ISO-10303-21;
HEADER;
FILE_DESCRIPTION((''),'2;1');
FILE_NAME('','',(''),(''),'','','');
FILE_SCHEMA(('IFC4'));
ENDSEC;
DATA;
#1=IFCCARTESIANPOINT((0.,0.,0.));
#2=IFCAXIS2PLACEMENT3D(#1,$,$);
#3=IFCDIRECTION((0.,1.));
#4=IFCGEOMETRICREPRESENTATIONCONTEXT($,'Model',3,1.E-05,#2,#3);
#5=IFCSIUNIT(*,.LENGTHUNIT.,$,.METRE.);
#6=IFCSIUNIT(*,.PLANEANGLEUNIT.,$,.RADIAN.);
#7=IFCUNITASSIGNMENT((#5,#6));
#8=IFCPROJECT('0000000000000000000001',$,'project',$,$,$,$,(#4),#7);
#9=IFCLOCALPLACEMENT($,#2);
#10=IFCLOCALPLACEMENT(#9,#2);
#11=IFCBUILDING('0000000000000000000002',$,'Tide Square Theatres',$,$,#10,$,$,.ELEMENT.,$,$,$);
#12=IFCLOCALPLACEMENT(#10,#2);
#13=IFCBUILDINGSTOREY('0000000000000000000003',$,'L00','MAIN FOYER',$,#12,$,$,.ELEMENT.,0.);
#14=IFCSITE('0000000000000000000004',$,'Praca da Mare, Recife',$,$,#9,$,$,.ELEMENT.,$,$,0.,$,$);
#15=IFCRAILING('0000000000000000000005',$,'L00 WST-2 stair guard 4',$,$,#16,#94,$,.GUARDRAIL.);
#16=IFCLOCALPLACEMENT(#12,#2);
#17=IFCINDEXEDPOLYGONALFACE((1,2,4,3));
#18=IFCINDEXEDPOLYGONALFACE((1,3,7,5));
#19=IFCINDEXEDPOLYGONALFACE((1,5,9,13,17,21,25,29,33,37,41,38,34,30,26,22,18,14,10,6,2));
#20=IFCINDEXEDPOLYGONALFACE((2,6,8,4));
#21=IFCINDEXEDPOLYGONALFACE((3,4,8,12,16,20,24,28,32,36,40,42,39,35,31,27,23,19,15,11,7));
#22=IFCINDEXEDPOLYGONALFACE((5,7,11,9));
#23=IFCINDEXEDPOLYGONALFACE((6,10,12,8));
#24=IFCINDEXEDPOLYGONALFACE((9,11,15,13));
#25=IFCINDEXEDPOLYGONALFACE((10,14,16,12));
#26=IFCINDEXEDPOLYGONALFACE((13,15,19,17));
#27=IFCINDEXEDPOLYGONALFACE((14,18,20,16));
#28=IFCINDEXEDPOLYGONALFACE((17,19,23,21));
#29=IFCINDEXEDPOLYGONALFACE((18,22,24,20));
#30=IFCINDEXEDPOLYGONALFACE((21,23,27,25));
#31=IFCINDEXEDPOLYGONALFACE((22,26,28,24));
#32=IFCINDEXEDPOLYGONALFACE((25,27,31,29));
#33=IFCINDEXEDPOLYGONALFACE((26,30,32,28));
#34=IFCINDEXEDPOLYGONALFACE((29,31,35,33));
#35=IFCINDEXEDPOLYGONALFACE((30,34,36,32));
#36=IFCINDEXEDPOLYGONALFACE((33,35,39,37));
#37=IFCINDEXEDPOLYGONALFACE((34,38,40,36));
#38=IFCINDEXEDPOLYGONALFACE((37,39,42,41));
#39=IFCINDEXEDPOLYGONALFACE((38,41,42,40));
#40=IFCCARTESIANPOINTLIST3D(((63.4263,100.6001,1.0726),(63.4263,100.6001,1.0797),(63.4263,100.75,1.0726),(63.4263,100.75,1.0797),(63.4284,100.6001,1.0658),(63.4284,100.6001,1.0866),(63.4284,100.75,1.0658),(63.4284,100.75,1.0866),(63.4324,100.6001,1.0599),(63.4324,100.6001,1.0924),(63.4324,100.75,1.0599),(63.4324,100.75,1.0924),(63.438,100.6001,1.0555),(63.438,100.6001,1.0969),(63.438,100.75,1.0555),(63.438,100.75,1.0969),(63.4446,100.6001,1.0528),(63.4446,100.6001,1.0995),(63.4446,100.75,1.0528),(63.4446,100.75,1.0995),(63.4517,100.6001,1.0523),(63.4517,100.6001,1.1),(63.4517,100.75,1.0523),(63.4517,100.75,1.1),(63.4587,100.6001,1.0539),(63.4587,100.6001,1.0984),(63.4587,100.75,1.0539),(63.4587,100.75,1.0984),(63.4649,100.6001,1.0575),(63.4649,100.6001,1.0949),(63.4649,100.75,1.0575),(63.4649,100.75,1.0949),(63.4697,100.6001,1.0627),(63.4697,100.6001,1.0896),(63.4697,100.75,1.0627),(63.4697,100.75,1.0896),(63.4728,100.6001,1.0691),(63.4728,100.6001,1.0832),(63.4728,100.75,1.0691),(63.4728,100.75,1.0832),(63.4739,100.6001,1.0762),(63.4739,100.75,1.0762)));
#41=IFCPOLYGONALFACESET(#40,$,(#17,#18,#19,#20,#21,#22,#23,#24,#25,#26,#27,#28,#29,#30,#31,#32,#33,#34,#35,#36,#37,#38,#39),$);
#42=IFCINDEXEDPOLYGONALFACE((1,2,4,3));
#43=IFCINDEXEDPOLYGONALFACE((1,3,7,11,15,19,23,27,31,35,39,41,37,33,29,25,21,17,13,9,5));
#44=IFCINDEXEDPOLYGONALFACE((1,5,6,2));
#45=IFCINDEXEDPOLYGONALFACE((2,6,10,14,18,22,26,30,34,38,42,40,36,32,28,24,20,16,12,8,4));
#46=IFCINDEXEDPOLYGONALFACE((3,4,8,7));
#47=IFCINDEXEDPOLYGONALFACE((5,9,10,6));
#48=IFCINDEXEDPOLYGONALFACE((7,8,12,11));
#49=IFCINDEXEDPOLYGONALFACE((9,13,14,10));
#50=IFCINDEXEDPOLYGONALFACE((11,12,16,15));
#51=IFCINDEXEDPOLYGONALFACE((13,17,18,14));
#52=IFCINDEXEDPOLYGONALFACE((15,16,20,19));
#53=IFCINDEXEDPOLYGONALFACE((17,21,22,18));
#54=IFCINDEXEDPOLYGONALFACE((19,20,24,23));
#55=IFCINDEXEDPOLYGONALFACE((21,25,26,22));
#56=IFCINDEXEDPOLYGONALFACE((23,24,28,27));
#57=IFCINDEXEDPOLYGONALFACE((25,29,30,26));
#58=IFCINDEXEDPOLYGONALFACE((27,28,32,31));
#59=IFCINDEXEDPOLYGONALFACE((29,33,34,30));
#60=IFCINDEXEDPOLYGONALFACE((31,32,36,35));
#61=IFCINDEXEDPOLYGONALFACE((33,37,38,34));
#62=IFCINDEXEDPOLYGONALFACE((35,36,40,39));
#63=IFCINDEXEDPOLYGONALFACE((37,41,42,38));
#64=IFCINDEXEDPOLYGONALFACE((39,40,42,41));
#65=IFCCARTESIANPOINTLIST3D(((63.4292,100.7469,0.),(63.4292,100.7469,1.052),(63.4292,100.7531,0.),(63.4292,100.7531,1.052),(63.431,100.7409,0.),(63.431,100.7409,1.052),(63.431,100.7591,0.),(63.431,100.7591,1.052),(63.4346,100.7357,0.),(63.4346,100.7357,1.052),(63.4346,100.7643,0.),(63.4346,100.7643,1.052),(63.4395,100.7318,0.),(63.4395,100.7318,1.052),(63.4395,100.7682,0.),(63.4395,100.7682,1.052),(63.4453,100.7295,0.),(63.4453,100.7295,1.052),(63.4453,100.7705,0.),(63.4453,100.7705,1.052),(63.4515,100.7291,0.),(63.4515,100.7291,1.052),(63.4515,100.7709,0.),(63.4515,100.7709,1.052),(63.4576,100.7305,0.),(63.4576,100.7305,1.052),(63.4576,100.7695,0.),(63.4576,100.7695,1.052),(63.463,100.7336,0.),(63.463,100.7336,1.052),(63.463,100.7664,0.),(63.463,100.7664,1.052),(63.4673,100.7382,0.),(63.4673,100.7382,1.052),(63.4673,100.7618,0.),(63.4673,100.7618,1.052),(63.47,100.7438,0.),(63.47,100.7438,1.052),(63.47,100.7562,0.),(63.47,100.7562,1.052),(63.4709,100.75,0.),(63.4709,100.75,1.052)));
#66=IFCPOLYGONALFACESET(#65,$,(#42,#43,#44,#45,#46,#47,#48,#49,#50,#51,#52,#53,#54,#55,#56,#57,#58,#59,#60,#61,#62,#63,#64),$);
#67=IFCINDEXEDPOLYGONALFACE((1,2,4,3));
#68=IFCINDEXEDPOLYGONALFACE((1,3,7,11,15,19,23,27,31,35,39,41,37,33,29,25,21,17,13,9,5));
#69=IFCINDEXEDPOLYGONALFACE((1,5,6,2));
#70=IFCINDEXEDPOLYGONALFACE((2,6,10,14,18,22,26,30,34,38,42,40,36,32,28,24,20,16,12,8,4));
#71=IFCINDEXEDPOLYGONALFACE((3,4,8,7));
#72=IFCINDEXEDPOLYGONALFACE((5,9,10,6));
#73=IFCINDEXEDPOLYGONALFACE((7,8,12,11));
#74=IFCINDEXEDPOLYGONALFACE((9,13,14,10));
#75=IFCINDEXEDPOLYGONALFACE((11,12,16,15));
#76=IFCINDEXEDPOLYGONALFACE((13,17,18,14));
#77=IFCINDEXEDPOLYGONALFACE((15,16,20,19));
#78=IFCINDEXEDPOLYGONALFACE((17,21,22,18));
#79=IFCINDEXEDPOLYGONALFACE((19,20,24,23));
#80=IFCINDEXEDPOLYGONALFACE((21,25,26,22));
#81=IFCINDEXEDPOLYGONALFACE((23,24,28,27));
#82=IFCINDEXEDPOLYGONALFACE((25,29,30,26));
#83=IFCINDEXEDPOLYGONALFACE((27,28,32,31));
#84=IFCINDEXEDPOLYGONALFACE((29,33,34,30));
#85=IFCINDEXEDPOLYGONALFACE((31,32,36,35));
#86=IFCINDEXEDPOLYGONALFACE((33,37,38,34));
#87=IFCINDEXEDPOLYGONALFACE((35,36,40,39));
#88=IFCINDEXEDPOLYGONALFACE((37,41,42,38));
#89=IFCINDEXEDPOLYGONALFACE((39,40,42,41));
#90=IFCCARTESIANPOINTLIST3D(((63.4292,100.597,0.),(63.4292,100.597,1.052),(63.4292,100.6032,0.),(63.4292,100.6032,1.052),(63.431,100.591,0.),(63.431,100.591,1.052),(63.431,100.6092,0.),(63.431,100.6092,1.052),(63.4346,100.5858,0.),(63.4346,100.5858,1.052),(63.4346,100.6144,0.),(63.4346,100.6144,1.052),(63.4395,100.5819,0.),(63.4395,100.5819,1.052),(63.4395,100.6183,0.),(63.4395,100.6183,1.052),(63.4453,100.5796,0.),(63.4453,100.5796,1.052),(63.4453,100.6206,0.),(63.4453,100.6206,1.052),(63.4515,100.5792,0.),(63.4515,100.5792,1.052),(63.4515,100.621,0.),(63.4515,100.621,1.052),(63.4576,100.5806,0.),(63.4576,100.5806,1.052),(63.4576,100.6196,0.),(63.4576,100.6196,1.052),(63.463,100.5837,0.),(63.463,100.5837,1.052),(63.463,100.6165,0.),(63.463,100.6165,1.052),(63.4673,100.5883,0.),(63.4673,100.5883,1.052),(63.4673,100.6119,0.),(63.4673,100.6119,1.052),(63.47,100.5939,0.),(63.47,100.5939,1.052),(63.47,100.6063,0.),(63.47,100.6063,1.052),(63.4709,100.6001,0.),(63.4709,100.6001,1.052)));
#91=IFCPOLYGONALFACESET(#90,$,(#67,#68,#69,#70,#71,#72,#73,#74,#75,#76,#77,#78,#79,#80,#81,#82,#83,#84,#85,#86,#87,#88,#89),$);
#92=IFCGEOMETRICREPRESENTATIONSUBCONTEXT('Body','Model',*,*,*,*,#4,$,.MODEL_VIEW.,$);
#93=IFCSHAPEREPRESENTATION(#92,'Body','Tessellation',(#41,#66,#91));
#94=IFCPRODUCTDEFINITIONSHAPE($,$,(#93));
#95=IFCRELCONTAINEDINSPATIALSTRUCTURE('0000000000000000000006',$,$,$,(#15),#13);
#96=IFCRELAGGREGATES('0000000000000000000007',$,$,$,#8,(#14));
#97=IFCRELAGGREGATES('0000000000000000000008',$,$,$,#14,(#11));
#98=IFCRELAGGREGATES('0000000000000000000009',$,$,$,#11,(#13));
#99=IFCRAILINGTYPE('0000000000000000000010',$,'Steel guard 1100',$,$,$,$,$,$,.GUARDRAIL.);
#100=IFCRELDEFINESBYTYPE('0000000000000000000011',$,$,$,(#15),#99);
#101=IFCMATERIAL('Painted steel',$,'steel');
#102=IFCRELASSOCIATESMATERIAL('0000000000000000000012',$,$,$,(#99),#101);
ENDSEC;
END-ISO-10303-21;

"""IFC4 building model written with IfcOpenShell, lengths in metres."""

from ifc_helpers import new_model, si_unit, direction, frame, origin, origin_2d, place, context, subcontext, project, spatial, circle, extrude, material, type_object, element, save


model = new_model("IFC4")

# Units and contexts
model_context = context("Model", 3, precision=1e-05, world=origin(), true_north=direction((0.0, 1.0)))
body_context = subcontext(model_context, "Body", "Model", "MODEL_VIEW")
ifc_project = project(units=[si_unit("LENGTHUNIT", "METRE"), si_unit("PLANEANGLEUNIT", "RADIAN")], contexts=[model_context])

# Site, building, storey
site_placement = place(None, origin())
site = spatial("IfcSite", under=ifc_project, at=site_placement, Name="Praca da Mare, Recife", CompositionType="ELEMENT", RefElevation=0.0)
building_placement = place(site_placement, origin())
building = spatial("IfcBuilding", under=site, at=building_placement, Name="Tide Square Theatres", CompositionType="ELEMENT")
storey_placement = place(building_placement, origin())
storey = spatial("IfcBuildingStorey", under=building, at=storey_placement, Name="L00", Description="MAIN FOYER", CompositionType="ELEMENT", Elevation=0.0)

# Railing
ifc_material_1 = material(Name="Painted steel", Category="steel")
railing_type_1 = type_object("IfcRailingType", Name="Steel guard 1100", PredefinedType="GUARDRAIL", material=ifc_material_1)
railing_1_placement = place(storey_placement, frame((63.45, 100.75, 0.0)))
element("IfcRailing", 1, at=railing_1_placement, inside=storey, type_object=railing_type_1, Name="L00 WST-2 stair guard 4", PredefinedType="GUARDRAIL", context=body_context, shape_type="SweptSolid", body=[
    extrude(circle(Radius=0.0239, at=origin_2d()), frame((0.0, 0.0, 1.0762), z_axis=(0.0, -1.0, 0.0), x_axis=(1.0, 0.0, 0.0)), (0.0, 0.0, 1.0), 0.1499),
    extrude(circle(Radius=0.021, at=origin_2d()), origin(), (0.0, 0.0, 1.0), 1.052),
    extrude(circle(Radius=0.021, at=origin_2d()), frame((0.0, -0.1499, 0.0)), (0.0, 0.0, 1.0), 1.052),
])

save(model, "model.ifc")
